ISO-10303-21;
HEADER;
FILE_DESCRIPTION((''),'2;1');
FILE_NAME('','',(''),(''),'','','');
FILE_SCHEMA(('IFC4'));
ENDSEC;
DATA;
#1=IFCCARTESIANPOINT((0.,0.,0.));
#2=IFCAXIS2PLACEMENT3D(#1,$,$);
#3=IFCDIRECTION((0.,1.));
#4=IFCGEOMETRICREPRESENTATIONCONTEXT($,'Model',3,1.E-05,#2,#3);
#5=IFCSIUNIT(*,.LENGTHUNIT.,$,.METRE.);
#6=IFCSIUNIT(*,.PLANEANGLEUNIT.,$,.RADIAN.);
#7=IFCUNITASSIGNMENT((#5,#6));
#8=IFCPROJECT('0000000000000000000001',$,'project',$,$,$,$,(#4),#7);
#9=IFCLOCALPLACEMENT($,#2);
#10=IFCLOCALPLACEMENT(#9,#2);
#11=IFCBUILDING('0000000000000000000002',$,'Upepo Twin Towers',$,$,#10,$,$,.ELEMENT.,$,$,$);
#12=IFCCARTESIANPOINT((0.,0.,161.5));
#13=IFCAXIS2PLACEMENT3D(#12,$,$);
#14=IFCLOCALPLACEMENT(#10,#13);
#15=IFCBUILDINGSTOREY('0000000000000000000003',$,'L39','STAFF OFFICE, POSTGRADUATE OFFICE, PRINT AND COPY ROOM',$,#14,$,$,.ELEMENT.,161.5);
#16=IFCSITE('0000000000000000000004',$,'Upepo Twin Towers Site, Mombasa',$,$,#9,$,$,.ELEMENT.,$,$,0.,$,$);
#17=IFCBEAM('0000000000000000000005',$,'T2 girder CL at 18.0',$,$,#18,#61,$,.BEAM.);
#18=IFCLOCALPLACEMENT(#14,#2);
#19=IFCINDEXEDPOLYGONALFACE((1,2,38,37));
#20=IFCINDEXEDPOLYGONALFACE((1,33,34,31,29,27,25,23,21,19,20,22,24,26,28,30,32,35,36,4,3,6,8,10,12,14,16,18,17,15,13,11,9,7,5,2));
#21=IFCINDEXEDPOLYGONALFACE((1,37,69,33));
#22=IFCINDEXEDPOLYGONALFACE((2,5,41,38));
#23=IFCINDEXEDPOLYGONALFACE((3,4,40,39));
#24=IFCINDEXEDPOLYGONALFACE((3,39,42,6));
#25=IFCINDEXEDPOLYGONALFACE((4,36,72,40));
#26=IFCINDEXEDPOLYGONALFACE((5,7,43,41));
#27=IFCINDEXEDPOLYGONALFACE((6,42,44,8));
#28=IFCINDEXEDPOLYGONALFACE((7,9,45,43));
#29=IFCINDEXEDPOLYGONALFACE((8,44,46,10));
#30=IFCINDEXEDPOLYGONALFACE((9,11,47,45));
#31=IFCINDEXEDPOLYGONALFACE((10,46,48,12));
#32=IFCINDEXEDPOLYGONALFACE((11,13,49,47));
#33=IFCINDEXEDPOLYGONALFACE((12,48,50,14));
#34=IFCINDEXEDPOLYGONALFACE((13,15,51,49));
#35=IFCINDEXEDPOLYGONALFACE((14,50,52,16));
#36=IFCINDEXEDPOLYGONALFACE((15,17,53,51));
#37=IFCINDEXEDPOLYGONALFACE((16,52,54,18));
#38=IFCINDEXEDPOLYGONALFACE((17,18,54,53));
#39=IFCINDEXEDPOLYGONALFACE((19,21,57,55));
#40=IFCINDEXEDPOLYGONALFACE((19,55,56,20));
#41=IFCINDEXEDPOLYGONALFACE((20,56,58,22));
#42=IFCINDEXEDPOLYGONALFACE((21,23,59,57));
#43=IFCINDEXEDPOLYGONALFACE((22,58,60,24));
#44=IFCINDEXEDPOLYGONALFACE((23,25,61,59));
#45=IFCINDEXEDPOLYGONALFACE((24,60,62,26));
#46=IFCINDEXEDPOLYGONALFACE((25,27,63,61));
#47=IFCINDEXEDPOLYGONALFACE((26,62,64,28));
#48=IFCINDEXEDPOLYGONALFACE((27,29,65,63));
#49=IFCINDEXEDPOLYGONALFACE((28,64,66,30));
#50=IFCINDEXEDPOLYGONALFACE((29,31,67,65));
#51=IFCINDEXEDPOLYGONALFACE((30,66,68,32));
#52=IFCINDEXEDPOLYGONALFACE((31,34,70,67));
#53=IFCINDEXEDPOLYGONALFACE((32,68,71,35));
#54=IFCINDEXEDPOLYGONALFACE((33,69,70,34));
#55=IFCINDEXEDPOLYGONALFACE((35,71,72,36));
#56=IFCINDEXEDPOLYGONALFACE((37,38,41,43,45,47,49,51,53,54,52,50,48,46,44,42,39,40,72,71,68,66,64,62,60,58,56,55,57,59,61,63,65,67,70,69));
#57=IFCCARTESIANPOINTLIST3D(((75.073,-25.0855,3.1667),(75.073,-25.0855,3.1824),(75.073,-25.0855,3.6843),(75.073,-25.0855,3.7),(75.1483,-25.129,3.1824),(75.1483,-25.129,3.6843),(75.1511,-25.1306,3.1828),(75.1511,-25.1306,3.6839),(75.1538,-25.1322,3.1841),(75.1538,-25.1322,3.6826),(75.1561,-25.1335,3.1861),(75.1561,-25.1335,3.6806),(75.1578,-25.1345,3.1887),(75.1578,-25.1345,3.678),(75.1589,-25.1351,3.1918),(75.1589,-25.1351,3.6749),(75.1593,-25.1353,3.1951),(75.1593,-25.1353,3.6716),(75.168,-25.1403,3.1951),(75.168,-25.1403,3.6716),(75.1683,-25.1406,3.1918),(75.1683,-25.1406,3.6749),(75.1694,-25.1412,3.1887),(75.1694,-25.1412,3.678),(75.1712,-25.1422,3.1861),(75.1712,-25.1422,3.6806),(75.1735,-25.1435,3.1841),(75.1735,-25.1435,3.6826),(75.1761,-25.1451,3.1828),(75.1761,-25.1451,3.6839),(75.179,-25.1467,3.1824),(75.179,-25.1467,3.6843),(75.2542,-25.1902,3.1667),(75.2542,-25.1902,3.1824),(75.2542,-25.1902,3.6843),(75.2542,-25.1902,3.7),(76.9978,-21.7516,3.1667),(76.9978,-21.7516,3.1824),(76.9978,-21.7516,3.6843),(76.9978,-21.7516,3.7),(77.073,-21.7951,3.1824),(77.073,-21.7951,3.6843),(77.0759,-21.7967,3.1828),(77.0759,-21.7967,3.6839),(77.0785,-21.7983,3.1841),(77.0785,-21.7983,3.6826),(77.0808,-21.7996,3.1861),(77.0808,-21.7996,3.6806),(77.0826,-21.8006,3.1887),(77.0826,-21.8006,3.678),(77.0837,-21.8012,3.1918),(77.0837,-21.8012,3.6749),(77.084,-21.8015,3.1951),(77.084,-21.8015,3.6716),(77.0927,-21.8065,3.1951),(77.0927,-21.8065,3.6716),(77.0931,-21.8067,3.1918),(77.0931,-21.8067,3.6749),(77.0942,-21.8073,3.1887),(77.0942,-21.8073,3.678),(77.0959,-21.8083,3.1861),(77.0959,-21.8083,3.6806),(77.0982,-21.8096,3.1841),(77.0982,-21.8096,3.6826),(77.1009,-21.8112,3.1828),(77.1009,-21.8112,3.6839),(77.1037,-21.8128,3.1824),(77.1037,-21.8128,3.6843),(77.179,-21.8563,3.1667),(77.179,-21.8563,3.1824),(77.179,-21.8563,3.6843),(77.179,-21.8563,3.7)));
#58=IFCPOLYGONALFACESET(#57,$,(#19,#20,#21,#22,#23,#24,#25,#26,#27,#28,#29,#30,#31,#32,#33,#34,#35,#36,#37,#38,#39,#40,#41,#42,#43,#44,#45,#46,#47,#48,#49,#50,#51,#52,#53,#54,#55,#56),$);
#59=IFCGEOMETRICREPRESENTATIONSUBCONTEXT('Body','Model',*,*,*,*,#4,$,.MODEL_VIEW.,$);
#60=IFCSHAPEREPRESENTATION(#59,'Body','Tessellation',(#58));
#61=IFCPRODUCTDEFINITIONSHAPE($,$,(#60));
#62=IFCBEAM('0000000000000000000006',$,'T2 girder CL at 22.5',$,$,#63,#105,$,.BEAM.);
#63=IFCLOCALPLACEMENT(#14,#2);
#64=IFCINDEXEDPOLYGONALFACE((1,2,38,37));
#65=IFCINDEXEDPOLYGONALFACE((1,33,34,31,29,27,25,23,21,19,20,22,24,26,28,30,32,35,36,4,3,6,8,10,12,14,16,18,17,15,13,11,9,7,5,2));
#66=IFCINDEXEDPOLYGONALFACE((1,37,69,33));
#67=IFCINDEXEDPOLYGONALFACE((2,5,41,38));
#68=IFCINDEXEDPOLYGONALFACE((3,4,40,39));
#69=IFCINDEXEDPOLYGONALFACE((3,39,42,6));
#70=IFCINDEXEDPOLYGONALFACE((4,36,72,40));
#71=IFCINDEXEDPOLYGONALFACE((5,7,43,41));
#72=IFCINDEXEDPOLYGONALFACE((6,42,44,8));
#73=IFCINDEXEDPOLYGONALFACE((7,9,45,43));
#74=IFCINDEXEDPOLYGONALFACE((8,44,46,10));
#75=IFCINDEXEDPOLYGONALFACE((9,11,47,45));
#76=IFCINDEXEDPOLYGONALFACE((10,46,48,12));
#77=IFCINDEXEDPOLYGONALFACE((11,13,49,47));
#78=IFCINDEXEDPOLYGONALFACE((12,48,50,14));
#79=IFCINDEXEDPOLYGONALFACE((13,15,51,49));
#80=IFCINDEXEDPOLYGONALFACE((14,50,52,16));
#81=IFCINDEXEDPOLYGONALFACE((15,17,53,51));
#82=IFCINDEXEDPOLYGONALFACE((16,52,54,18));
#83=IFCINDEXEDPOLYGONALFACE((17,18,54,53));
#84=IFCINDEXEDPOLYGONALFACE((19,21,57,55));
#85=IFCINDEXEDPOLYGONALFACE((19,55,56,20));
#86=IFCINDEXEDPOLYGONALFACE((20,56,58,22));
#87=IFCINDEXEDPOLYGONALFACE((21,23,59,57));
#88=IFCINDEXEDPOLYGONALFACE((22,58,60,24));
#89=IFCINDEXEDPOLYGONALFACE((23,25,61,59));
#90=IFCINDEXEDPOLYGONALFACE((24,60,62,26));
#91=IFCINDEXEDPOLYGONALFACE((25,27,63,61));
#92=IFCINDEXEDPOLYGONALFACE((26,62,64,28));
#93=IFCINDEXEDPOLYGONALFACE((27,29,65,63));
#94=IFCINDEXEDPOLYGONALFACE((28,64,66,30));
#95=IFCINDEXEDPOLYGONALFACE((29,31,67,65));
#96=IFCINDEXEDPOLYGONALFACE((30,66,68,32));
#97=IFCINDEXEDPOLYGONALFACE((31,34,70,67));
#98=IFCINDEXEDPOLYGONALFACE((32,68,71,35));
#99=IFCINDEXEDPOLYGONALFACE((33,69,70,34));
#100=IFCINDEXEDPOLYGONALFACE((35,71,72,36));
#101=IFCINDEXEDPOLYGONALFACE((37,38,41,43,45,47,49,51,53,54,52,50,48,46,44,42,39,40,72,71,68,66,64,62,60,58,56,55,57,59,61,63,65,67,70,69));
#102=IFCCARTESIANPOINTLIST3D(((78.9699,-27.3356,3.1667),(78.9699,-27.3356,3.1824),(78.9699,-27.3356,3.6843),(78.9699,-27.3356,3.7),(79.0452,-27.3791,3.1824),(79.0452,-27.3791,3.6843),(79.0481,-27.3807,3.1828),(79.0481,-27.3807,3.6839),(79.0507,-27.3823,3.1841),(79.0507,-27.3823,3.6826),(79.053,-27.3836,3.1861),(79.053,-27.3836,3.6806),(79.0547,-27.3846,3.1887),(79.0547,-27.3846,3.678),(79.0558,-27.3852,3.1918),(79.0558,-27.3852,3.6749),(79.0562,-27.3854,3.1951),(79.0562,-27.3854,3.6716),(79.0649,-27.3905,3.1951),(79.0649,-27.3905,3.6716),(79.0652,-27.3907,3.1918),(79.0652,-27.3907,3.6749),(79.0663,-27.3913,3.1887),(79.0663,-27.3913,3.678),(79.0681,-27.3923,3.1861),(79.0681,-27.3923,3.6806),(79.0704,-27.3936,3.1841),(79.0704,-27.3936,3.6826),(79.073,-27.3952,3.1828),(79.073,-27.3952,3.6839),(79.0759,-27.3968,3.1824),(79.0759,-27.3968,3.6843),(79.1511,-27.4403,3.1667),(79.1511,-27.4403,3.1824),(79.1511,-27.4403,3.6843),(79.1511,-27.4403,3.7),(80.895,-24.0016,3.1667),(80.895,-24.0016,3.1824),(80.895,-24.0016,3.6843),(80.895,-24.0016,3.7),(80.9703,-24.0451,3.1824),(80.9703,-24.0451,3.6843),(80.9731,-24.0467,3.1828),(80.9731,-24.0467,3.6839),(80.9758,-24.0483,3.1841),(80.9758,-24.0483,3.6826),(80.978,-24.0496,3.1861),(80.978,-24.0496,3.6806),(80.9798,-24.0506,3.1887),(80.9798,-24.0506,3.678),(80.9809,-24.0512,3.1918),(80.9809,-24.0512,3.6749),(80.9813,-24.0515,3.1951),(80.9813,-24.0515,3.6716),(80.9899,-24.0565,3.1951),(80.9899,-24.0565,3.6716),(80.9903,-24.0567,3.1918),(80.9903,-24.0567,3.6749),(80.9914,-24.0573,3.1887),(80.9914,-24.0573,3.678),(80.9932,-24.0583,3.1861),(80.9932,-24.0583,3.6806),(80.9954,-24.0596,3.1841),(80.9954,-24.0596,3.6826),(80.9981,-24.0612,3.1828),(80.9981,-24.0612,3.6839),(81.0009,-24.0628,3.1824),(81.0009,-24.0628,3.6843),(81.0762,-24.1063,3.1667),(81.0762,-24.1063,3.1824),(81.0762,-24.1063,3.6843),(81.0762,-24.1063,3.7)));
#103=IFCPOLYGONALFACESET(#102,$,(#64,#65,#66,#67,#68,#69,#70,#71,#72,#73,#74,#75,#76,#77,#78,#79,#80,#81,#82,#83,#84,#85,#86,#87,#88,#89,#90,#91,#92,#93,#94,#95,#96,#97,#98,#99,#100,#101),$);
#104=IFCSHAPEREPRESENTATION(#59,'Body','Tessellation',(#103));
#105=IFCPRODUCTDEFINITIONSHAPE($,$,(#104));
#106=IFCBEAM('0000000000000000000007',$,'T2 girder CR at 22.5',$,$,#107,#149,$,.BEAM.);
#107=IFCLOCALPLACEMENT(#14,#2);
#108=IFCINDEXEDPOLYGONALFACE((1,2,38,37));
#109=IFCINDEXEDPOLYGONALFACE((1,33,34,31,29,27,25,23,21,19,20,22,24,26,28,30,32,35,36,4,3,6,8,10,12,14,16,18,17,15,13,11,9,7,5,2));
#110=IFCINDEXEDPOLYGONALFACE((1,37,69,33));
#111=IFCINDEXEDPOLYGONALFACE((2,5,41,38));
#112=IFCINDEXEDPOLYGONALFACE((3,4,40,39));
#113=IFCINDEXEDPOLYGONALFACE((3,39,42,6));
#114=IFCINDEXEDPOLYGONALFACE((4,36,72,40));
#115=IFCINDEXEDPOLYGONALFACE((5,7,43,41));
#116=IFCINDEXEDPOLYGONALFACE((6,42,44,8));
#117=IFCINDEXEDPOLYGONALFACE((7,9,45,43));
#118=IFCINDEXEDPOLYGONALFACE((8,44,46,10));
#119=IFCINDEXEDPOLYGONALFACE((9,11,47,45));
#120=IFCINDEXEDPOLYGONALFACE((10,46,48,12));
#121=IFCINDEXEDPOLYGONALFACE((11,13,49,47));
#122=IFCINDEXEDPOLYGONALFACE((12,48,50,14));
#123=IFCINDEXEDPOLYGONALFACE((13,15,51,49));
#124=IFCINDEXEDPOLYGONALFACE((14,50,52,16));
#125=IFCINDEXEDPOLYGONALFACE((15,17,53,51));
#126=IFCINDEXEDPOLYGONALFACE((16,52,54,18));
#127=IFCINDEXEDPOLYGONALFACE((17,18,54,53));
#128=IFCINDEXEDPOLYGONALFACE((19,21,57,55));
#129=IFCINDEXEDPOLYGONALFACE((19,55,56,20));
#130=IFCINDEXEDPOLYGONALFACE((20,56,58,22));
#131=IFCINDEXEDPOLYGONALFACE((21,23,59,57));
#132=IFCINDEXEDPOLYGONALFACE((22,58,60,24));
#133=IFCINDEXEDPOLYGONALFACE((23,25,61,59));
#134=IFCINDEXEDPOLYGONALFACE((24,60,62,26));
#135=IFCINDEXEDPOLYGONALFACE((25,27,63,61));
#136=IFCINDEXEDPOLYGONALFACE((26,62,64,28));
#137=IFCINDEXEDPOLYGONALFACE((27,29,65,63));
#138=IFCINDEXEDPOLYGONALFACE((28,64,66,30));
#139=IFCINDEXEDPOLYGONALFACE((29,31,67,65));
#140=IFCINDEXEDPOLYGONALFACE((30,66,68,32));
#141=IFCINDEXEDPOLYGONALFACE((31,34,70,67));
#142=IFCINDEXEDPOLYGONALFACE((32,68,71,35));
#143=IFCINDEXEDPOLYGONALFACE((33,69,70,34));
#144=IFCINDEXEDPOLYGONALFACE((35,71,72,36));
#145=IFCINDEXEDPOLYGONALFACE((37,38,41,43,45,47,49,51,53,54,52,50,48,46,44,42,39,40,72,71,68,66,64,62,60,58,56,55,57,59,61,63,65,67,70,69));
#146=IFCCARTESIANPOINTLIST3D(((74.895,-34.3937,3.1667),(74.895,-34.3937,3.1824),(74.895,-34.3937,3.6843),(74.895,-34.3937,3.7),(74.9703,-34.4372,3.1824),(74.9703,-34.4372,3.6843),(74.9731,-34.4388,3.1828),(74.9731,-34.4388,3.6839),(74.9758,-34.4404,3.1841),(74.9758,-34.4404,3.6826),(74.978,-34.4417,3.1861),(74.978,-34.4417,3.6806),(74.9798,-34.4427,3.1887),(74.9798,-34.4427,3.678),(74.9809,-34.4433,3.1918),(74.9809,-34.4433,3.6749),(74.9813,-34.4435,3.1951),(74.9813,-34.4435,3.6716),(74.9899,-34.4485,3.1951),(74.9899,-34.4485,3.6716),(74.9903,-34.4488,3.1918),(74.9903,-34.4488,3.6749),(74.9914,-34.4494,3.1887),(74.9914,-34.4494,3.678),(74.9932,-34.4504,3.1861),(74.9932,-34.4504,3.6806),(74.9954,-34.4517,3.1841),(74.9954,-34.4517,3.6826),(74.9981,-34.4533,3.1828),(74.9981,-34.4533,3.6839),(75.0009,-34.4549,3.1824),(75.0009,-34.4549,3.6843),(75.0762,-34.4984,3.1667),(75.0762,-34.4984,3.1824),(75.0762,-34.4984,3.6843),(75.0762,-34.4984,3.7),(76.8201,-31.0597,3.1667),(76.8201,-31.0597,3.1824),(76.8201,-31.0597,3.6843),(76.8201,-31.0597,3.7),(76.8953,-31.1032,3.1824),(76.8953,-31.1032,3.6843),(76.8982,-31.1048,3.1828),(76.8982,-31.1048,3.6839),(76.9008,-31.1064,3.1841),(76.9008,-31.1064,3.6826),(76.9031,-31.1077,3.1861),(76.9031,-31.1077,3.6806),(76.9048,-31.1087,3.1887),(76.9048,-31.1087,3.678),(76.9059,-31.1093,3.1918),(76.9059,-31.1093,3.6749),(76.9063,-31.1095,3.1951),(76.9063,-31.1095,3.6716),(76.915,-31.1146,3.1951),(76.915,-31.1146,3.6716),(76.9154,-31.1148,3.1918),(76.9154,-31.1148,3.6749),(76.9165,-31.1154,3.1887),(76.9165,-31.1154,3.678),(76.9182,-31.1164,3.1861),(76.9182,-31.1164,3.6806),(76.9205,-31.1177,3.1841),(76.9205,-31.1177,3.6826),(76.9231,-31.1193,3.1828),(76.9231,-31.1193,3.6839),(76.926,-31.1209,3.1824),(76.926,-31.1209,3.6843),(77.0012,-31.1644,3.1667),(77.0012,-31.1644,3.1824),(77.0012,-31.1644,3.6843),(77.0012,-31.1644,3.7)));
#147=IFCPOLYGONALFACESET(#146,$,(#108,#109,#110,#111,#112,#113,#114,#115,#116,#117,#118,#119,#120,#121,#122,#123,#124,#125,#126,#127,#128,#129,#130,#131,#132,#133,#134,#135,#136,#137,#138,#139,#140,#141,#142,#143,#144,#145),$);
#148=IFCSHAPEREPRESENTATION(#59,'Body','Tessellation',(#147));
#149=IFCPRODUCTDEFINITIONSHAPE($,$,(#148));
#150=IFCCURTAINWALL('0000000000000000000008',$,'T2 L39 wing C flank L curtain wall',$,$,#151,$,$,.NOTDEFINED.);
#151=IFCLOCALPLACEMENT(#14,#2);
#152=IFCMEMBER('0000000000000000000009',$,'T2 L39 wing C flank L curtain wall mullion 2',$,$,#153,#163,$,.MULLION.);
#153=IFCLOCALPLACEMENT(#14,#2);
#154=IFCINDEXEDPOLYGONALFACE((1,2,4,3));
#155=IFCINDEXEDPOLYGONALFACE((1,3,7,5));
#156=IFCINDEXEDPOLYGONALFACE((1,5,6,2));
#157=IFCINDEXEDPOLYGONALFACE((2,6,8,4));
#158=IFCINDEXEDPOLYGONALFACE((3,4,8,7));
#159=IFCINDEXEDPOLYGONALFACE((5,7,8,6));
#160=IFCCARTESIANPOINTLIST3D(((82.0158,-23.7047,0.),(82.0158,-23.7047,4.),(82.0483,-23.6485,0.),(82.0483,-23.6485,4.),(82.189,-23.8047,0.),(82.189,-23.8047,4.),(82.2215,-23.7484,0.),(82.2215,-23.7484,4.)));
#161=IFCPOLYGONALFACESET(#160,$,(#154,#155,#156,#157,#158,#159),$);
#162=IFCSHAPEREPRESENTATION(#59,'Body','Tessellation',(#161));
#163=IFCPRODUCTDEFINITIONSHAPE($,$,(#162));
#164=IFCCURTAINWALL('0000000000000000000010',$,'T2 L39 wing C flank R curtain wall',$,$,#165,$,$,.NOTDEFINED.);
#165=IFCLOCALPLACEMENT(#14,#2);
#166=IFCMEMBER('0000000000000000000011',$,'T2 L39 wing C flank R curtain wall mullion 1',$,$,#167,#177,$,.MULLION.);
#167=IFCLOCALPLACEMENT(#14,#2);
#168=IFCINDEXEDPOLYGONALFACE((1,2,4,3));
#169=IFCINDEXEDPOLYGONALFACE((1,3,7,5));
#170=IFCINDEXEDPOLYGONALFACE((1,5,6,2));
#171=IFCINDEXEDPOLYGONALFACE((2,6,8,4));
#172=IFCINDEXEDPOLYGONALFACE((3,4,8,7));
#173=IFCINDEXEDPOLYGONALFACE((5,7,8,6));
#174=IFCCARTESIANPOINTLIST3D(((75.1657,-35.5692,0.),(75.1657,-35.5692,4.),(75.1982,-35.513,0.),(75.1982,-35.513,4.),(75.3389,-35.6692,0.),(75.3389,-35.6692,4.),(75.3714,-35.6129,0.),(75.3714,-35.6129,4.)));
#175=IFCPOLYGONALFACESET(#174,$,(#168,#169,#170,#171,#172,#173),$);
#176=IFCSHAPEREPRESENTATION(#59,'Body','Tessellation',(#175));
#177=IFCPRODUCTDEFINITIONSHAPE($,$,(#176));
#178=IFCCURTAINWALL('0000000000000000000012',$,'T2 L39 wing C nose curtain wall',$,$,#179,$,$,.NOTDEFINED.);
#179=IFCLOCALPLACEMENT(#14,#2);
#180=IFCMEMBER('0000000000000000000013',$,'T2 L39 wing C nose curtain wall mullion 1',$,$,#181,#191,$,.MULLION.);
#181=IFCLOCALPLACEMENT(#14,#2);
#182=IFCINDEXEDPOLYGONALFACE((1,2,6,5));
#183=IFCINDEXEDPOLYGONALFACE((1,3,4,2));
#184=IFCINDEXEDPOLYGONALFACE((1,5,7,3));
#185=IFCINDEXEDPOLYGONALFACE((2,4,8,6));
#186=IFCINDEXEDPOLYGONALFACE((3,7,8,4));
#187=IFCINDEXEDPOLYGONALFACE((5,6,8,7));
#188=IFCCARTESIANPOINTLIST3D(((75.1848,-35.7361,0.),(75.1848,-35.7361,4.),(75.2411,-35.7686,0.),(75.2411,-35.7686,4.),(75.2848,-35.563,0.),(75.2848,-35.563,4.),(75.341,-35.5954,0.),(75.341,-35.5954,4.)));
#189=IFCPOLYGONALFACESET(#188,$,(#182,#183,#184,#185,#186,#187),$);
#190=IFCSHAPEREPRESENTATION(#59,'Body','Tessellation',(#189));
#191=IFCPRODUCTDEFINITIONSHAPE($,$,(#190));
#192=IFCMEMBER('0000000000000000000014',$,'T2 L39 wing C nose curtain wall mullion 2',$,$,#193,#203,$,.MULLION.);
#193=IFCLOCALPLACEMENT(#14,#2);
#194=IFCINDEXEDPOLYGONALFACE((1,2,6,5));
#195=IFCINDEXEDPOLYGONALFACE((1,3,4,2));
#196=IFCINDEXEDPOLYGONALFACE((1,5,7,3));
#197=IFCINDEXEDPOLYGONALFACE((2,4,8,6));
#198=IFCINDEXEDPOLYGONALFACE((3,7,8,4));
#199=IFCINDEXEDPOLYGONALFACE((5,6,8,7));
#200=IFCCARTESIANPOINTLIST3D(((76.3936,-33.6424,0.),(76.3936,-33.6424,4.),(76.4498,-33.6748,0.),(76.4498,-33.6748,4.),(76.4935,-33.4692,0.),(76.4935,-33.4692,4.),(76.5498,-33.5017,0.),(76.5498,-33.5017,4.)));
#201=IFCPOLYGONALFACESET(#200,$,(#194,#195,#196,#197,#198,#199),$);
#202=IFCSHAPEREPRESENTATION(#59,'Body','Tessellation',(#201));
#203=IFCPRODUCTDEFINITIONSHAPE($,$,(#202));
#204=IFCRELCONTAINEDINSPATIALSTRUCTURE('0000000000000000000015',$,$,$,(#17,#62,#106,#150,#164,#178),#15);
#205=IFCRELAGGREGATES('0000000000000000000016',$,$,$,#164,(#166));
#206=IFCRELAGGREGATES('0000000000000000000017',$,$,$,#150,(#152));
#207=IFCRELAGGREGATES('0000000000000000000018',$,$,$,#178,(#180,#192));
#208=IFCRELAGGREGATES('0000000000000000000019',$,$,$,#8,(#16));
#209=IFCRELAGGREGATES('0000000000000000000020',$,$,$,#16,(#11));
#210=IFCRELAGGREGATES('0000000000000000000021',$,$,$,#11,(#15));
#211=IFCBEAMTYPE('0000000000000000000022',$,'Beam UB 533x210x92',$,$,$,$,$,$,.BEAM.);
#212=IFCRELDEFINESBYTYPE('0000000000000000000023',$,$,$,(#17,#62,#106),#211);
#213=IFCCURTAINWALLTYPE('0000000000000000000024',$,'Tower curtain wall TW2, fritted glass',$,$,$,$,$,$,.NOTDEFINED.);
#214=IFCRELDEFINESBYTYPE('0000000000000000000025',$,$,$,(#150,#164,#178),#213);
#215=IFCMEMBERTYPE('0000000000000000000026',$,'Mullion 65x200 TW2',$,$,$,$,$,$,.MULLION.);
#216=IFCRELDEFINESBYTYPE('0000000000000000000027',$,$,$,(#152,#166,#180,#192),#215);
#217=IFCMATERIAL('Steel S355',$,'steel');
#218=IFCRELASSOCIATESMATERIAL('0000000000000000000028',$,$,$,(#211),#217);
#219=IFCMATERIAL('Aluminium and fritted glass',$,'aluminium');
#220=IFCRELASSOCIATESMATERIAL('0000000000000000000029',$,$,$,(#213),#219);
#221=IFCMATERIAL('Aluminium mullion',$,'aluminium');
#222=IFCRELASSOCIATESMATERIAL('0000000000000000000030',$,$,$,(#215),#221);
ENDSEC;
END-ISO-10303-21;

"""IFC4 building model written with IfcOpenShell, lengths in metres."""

from ifc_helpers import new_model, si_unit, direction, frame, origin, origin_2d, place, context, subcontext, project, spatial, rectangle, i_section, extrude, material, material_profile, profile_set, type_object, element, aggregate, save


model = new_model("IFC4")

# Units and contexts
model_context = context("Model", 3, precision=1e-05, world=origin(), true_north=direction((0.0, 1.0)))
body_context = subcontext(model_context, "Body", "Model", "MODEL_VIEW")
ifc_project = project(units=[si_unit("LENGTHUNIT", "METRE"), si_unit("PLANEANGLEUNIT", "RADIAN")], contexts=[model_context])

# Site, building, storey
site_placement = place(None, origin())
site = spatial("IfcSite", under=ifc_project, at=site_placement, Name="Upepo Twin Towers Site, Mombasa", CompositionType="ELEMENT", RefElevation=0.0)
building_placement = place(site_placement, origin())
building = spatial("IfcBuilding", under=site, at=building_placement, Name="Upepo Twin Towers", CompositionType="ELEMENT")
storey_placement = place(building_placement, frame((0.0, 0.0, 161.5)))
storey = spatial("IfcBuildingStorey", under=building, at=storey_placement, Name="L39", Description="STAFF OFFICE, POSTGRADUATE OFFICE, PRINT AND COPY ROOM", CompositionType="ELEMENT", Elevation=161.5)

# Beams
ifc_material_1 = material(Name="Steel S355", Category="steel")
ifc_material_profile_1 = material_profile(ifc_material_1, i_section(OverallWidth=0.2092, OverallDepth=0.5332, WebThickness=0.01, FlangeThickness=0.0156, FilletRadius=0.0127, at=origin_2d()), Name="UB 533x210x92")
ifc_profile_set_1 = profile_set([ifc_material_profile_1], Name="Steel S355")
beam_type_1 = type_object("IfcBeamType", Name="Beam UB 533x210x92", PredefinedType="BEAM", material=ifc_profile_set_1)
beam_1_placement = place(storey_placement, frame((77.0884, -21.804, 3.4333), z_axis=(-0.499986, -0.866034, 0.0), x_axis=(0.866034, -0.499986, 0.0)))
element("IfcBeam", 1, at=beam_1_placement, inside=storey, type_object=beam_type_1, Name="T2 girder CL at 18.0", PredefinedType="BEAM", context=body_context, shape_type="SweptSolid", body=[
    extrude(i_section(OverallWidth=0.2092, OverallDepth=0.5332, WebThickness=0.01, FlangeThickness=0.0156, FilletRadius=0.0127, at=origin_2d()), origin(), (0.0, 0.0, 1.0), 3.8496),
])
for number, where, z_axis, x_axis, name in (
    (2, (80.9856, -24.054, 3.4333), (-0.500034, -0.866006, 0.0), (0.866006, -0.500034, 0.0), "T2 girder CL at 22.5"),
    (3, (74.9856, -34.446, 3.4333), (0.500034, 0.866006, 0.0), (-0.866006, 0.500034, 0.0), "T2 girder CR at 22.5"),
):
    element("IfcBeam", number, at=place(storey_placement, frame(where, z_axis=z_axis, x_axis=x_axis)), inside=storey, type_object=beam_type_1, Name=name, PredefinedType="BEAM", context=body_context, shape_type="SweptSolid", body=[
        extrude(i_section(OverallWidth=0.2092, OverallDepth=0.5332, WebThickness=0.01, FlangeThickness=0.0156, FilletRadius=0.0127, at=origin_2d()), origin(), (0.0, 0.0, 1.0), 3.8499),
    ])

# Curtain walls, members
ifc_material_2 = material(Name="Aluminium and fritted glass", Category="aluminium")
curtain_wall_type = type_object("IfcCurtainWallType", Name="Tower curtain wall TW2, fritted glass", PredefinedType="NOTDEFINED", material=ifc_material_2)
curtain_wall_1_placement = place(storey_placement, origin())
curtain_wall_1 = element("IfcCurtainWall", 4, at=curtain_wall_1_placement, inside=storey, type_object=curtain_wall_type, Name="T2 L39 wing C flank L curtain wall", PredefinedType="NOTDEFINED")
ifc_material_3 = material(Name="Aluminium mullion", Category="aluminium")
ifc_material_profile_2 = material_profile(ifc_material_3, rectangle(XDim=0.0649, YDim=0.2, at=origin_2d()), Name="MULLION 65x200")
ifc_profile_set_2 = profile_set([ifc_material_profile_2], Name="Aluminium mullion")
member_type_1 = type_object("IfcMemberType", Name="Mullion 65x200 TW2", PredefinedType="MULLION", material=ifc_profile_set_2)
member_1_placement = place(storey_placement, frame((82.1187, -23.7266, 0.0), z_axis=(0.0, 0.0, 1.0), x_axis=(0.5, 0.866025, 0.0)))
member_1 = element("IfcMember", 5, at=member_1_placement, type_object=member_type_1, Name="T2 L39 wing C flank L curtain wall mullion 2", PredefinedType="MULLION", context=body_context, shape_type="SweptSolid", body=[
    extrude(rectangle(XDim=0.0649, YDim=0.2, at=origin_2d()), origin(), (0.0, 0.0, 1.0), 4.0),
])
curtain_wall_2_placement = place(storey_placement, origin())
curtain_wall_2 = element("IfcCurtainWall", 6, at=curtain_wall_2_placement, inside=storey, type_object=curtain_wall_type, Name="T2 L39 wing C flank R curtain wall", PredefinedType="NOTDEFINED")
member_2_placement = place(storey_placement, frame((75.2686, -35.5911, 0.0), z_axis=(0.0, 0.0, 1.0), x_axis=(-0.5, -0.866025, 0.0)))
member_2 = element("IfcMember", 7, at=member_2_placement, type_object=member_type_1, Name="T2 L39 wing C flank R curtain wall mullion 1", PredefinedType="MULLION", context=body_context, shape_type="SweptSolid", body=[
    extrude(rectangle(XDim=0.0649, YDim=0.2, at=origin_2d()), origin(), (0.0, 0.0, 1.0), 4.0),
])

# Curtain wall, members
curtain_wall_3_placement = place(storey_placement, origin())
curtain_wall_3 = element("IfcCurtainWall", 8, at=curtain_wall_3_placement, inside=storey, type_object=curtain_wall_type, Name="T2 L39 wing C nose curtain wall", PredefinedType="NOTDEFINED")
member_3_placement = place(storey_placement, frame((75.2629, -35.6658, 0.0), z_axis=(0.0, 0.0, 1.0), x_axis=(-0.866025, 0.5, 0.0)))
member_3 = element("IfcMember", 9, at=member_3_placement, type_object=member_type_1, Name="T2 L39 wing C nose curtain wall mullion 1", PredefinedType="MULLION", context=body_context, shape_type="SweptSolid", body=[
    extrude(rectangle(XDim=0.0649, YDim=0.2, at=origin_2d()), origin(), (0.0, 0.0, 1.0), 4.0),
])
member_4_placement = place(storey_placement, frame((76.4717, -33.572, 0.0), z_axis=(0.0, 0.0, 1.0), x_axis=(-0.866025, 0.5, 0.0)))
member_4 = element("IfcMember", 10, at=member_4_placement, type_object=member_type_1, Name="T2 L39 wing C nose curtain wall mullion 2", PredefinedType="MULLION", context=body_context, shape_type="SweptSolid", body=[
    extrude(rectangle(XDim=0.0649, YDim=0.2, at=origin_2d()), origin(), (0.0, 0.0, 1.0), 4.0),
])

aggregate(curtain_wall_2, [member_2])

aggregate(curtain_wall_1, [member_1])
aggregate(curtain_wall_3, [member_3, member_4])

save(model, "model.ifc")
